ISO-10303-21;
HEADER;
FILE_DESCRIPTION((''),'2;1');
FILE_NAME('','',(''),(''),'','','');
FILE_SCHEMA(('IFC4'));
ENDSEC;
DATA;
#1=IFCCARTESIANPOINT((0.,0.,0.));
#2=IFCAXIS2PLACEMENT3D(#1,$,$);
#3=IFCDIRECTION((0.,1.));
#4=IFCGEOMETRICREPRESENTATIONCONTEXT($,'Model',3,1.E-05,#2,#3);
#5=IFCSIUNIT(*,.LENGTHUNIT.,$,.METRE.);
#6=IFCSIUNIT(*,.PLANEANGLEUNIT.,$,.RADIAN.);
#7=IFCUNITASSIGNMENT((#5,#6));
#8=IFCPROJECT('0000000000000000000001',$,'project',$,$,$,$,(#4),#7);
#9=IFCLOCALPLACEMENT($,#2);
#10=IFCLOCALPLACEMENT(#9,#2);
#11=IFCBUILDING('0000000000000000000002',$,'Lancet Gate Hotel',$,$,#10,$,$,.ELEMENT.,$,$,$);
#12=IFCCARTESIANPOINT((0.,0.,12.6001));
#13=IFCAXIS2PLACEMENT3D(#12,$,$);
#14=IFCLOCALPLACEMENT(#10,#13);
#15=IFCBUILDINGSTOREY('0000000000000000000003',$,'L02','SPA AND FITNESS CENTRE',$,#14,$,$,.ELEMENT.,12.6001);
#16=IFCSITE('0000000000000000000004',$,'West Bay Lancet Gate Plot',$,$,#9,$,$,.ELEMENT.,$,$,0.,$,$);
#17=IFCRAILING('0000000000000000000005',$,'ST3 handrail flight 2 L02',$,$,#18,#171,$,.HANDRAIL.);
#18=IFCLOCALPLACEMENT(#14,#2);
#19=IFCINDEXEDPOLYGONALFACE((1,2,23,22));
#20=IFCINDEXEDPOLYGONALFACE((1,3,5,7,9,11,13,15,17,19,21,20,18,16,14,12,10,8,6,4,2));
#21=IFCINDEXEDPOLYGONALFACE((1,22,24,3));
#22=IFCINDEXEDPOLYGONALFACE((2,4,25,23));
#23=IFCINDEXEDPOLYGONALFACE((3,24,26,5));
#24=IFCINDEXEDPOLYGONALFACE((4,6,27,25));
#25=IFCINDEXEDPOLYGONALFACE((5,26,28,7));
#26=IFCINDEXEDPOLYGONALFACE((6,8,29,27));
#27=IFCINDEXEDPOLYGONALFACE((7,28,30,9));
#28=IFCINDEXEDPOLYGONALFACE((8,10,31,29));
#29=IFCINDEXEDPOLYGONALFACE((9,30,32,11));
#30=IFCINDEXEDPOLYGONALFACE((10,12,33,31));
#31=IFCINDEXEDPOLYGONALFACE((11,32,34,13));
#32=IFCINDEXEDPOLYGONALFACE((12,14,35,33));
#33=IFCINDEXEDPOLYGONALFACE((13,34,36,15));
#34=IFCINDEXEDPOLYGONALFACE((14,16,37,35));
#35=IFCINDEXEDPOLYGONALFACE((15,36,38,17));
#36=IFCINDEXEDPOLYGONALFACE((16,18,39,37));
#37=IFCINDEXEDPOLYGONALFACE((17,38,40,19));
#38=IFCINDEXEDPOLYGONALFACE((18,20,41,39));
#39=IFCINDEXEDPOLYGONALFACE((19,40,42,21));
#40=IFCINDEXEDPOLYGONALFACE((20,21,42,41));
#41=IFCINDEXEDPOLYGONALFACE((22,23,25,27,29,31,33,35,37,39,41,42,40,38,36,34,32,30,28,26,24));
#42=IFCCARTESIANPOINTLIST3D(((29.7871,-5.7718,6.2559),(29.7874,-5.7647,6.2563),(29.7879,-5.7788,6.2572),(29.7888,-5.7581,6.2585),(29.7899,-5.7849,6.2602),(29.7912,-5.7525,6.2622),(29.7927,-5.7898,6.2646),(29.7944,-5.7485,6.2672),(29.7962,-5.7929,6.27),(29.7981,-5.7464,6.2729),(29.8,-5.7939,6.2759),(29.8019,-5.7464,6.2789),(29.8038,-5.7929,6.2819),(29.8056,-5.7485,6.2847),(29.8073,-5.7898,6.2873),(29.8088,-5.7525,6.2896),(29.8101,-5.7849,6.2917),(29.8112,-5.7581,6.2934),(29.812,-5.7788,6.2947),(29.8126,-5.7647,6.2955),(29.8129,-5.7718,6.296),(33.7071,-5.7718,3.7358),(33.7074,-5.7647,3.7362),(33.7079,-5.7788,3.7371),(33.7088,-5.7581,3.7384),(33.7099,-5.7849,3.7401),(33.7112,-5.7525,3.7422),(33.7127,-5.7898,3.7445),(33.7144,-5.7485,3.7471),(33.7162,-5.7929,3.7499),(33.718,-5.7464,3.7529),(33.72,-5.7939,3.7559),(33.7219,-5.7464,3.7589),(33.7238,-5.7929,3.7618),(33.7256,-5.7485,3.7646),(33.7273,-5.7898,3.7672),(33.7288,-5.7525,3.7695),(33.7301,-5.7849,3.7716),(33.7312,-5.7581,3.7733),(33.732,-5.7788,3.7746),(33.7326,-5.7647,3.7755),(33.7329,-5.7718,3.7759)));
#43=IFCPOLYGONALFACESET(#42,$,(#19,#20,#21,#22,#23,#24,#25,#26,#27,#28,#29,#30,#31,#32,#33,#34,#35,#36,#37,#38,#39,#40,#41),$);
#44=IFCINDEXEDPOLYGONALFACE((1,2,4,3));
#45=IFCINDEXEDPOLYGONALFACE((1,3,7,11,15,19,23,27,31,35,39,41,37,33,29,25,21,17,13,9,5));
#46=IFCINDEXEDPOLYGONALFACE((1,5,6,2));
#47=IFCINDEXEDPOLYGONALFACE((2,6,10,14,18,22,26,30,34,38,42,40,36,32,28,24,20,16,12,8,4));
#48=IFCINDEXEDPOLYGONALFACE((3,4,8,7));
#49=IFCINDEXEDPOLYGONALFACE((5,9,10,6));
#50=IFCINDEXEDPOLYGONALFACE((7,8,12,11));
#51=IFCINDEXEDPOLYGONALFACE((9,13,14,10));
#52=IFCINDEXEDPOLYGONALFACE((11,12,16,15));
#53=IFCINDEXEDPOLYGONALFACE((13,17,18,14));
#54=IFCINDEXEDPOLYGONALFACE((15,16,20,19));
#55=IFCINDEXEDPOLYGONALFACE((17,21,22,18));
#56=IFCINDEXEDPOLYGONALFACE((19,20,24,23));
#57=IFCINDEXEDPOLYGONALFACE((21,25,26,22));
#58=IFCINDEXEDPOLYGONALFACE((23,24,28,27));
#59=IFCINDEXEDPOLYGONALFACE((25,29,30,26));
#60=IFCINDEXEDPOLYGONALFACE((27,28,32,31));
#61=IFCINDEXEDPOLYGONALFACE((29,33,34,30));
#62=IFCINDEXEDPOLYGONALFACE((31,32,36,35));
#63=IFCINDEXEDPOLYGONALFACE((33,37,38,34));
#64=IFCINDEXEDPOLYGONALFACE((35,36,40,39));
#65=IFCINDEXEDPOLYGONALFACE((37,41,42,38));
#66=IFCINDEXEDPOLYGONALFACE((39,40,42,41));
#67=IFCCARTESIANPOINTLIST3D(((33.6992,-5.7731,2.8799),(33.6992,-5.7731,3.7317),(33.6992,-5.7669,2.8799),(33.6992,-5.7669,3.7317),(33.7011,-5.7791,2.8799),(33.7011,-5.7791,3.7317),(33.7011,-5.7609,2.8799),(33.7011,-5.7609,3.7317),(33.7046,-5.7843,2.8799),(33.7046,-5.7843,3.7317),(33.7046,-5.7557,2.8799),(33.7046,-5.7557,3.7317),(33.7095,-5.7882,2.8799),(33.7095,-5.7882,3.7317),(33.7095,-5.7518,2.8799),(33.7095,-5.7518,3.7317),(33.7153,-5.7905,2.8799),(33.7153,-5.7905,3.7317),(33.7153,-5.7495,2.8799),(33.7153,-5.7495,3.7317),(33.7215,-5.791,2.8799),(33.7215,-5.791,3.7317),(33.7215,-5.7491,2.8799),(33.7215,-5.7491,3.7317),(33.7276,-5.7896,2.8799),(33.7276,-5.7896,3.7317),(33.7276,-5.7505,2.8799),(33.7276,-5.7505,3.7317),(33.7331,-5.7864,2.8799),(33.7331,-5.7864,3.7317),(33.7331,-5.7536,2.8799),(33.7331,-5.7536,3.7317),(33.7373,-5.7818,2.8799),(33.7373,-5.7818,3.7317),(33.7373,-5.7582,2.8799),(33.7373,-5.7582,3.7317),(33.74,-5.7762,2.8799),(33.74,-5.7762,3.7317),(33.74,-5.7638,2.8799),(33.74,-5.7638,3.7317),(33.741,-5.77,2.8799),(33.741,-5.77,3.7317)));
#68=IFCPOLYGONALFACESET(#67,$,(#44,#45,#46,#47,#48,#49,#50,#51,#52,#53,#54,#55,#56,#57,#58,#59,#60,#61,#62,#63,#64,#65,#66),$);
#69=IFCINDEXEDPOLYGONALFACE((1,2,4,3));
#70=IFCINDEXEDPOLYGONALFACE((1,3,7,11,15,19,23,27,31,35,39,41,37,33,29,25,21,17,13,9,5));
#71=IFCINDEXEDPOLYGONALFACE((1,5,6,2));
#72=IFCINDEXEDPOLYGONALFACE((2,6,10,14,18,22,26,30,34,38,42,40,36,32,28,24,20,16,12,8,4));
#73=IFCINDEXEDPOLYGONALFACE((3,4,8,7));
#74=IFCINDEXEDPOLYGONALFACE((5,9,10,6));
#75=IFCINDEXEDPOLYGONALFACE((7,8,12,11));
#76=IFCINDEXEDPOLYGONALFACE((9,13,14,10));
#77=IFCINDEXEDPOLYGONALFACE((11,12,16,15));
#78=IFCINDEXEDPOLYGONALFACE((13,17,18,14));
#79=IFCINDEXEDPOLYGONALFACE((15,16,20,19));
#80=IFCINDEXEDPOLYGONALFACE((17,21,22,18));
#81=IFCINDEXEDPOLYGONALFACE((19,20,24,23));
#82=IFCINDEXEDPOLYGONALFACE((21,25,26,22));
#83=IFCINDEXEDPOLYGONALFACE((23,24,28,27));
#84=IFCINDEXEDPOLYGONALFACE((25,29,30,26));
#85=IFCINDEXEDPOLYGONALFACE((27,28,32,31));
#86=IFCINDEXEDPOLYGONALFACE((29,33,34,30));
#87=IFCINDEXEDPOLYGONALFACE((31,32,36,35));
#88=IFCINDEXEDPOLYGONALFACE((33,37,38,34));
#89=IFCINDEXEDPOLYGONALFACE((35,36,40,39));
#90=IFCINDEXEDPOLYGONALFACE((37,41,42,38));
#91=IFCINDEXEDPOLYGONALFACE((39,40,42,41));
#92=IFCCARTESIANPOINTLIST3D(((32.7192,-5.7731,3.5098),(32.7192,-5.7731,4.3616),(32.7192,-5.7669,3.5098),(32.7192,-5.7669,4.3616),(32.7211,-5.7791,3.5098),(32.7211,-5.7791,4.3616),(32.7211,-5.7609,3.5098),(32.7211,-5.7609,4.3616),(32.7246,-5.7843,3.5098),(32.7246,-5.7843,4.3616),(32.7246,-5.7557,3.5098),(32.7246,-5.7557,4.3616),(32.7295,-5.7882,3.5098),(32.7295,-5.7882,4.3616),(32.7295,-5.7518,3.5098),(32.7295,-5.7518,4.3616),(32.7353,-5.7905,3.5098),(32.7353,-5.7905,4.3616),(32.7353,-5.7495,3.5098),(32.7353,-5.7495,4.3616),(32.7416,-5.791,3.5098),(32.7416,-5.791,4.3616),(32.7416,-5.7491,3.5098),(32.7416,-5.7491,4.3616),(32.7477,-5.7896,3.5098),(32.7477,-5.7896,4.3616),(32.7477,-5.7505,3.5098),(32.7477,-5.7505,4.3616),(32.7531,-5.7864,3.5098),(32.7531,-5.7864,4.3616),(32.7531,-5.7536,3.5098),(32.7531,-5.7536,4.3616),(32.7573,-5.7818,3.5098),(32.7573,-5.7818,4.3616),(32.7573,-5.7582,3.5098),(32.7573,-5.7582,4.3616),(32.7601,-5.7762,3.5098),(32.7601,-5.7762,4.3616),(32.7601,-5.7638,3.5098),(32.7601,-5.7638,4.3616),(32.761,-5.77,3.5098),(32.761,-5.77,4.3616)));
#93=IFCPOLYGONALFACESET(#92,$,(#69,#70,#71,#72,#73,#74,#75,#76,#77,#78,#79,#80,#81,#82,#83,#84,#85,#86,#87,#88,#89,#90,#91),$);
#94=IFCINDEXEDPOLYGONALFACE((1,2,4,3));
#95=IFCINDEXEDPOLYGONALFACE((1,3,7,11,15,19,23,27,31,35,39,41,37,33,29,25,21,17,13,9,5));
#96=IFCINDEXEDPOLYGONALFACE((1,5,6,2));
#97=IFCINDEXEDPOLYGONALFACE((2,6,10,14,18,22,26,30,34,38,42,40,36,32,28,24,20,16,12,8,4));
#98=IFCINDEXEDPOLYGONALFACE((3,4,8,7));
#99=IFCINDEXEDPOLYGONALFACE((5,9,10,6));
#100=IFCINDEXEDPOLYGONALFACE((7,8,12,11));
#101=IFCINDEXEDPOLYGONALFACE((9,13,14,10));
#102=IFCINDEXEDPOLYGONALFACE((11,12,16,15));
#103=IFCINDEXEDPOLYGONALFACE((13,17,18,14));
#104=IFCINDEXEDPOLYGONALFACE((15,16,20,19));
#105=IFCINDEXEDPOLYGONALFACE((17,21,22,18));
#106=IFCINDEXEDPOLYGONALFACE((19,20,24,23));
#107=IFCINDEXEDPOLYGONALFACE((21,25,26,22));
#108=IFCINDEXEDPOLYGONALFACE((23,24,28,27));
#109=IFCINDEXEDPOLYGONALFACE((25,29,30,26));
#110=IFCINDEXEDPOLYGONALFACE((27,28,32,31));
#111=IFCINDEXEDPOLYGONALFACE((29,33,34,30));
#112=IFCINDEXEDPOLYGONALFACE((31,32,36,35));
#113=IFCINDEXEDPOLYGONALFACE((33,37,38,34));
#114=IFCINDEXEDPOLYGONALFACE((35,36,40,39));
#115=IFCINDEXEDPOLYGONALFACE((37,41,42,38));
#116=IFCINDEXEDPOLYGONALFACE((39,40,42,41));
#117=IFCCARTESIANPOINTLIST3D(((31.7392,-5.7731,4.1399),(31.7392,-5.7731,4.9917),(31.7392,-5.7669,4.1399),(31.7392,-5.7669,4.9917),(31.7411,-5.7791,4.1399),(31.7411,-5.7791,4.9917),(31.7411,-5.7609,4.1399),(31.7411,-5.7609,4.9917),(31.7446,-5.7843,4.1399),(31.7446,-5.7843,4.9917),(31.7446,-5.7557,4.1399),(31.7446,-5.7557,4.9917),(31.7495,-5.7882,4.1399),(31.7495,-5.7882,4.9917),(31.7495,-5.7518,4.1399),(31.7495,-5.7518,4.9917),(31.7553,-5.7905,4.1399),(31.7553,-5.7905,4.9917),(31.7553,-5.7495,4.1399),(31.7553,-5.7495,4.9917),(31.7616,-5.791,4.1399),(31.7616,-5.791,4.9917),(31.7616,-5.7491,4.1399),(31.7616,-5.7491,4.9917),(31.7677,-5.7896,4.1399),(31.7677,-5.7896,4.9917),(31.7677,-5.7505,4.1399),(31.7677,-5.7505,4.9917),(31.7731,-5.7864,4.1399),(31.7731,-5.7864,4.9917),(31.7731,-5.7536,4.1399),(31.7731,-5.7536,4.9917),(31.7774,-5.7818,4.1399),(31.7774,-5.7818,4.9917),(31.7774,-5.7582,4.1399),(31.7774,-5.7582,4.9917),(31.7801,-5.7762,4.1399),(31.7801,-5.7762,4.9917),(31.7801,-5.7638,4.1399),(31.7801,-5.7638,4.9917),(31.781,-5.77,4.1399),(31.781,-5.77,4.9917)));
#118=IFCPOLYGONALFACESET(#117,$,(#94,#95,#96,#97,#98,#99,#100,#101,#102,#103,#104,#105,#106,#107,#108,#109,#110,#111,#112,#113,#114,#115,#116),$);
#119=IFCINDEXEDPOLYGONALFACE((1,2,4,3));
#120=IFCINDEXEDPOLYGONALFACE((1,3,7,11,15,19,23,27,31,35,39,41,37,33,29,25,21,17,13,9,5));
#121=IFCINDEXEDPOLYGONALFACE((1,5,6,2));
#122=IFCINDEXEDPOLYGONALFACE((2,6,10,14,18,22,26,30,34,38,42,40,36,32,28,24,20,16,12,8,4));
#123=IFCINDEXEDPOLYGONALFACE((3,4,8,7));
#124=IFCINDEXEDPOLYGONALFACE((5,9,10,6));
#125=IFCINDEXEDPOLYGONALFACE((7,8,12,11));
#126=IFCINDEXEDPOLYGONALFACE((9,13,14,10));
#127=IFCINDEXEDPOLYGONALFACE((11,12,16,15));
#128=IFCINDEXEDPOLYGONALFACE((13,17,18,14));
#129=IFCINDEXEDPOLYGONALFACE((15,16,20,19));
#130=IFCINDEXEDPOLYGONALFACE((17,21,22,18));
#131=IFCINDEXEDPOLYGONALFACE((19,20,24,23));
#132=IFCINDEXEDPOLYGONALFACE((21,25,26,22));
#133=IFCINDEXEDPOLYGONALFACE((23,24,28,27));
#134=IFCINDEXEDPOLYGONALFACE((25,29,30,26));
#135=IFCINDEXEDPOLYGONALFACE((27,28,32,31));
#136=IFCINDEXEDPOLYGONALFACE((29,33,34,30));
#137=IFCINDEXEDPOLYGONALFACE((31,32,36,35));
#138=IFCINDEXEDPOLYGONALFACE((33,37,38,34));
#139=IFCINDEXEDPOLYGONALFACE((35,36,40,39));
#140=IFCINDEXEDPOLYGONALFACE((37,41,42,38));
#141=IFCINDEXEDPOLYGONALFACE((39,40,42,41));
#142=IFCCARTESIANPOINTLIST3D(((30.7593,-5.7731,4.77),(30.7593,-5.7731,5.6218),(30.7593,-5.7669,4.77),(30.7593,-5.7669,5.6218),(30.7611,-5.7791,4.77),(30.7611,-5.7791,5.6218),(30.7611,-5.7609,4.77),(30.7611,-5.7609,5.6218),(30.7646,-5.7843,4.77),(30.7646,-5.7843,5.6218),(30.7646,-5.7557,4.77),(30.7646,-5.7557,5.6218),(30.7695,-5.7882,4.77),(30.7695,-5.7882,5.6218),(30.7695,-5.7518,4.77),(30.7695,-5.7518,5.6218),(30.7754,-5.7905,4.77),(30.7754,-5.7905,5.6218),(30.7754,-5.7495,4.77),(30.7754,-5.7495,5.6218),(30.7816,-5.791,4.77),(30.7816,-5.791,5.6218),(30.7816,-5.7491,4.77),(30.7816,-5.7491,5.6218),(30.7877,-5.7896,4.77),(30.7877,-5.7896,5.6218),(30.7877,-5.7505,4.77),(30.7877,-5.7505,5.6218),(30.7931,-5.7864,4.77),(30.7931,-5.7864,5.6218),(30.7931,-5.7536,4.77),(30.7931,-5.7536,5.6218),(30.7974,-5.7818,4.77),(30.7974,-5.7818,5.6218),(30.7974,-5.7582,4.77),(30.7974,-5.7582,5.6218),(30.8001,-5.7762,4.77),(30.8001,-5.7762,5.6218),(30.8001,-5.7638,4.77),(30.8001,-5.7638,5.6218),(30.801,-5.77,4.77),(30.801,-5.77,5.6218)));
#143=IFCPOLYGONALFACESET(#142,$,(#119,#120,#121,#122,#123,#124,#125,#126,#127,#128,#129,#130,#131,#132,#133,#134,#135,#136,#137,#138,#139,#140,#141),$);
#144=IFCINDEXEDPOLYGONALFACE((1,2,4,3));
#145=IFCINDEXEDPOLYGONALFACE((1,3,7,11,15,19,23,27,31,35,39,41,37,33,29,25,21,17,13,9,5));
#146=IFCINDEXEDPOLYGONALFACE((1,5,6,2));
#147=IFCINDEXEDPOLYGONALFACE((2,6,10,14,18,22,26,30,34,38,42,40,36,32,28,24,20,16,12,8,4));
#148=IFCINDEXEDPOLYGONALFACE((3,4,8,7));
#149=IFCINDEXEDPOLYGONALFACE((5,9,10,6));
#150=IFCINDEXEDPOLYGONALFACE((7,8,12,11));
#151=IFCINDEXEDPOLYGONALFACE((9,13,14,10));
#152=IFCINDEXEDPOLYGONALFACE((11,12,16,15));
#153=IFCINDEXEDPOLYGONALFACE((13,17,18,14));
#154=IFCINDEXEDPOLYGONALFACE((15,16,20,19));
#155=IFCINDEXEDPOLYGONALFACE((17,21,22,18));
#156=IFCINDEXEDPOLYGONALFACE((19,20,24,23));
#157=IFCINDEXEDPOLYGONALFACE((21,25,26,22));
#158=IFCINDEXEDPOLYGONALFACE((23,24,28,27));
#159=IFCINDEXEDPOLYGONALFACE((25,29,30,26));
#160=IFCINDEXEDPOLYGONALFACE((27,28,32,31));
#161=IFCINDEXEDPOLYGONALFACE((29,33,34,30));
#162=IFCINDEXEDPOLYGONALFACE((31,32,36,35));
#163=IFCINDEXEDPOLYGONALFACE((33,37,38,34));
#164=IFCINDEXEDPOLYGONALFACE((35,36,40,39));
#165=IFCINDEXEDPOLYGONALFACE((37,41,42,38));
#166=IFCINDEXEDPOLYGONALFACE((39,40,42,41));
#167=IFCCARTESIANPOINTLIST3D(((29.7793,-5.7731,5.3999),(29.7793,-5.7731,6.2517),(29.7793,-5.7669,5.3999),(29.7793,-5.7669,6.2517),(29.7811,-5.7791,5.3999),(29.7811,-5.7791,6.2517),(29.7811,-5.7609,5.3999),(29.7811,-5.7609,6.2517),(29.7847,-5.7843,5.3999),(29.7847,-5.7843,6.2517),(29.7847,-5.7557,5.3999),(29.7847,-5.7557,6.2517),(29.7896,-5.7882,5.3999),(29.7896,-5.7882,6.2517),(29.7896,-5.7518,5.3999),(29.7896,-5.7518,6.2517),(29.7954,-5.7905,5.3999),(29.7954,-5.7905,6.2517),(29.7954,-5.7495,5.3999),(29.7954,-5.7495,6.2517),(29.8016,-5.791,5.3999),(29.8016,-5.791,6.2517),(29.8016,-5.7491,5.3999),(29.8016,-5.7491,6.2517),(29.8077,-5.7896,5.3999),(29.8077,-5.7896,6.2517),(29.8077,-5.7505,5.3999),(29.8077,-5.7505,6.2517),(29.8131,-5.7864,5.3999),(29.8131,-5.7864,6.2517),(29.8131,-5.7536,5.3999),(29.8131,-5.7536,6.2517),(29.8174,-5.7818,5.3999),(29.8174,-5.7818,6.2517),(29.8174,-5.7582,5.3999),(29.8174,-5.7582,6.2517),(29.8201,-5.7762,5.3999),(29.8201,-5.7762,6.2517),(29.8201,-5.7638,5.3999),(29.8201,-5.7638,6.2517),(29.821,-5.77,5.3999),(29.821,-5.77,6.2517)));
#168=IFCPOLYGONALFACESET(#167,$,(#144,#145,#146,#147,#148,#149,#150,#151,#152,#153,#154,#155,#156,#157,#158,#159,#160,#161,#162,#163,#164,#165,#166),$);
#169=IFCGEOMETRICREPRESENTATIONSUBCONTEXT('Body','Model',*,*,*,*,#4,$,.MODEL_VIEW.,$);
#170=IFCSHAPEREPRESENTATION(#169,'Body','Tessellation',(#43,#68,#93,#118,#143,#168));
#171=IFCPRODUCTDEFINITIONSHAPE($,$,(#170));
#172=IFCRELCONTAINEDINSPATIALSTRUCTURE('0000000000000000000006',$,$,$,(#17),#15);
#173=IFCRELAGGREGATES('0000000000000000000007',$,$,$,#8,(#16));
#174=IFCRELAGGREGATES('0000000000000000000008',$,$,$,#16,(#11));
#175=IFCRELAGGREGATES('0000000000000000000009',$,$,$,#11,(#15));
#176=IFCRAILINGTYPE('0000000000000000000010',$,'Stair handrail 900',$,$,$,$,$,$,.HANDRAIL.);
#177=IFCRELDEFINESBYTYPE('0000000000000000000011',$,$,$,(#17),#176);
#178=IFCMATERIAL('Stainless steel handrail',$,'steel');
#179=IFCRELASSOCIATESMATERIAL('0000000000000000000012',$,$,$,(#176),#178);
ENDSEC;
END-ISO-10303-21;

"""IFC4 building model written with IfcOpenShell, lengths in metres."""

from ifc_helpers import new_model, si_unit, direction, frame, origin, origin_2d, place, context, subcontext, project, spatial, circle, extrude, material, type_object, element, save


model = new_model("IFC4")

# Units and contexts
model_context = context("Model", 3, precision=1e-05, world=origin(), true_north=direction((0.0, 1.0)))
body_context = subcontext(model_context, "Body", "Model", "MODEL_VIEW")
ifc_project = project(units=[si_unit("LENGTHUNIT", "METRE"), si_unit("PLANEANGLEUNIT", "RADIAN")], contexts=[model_context])

# Site, building, storey
site_placement = place(None, origin())
site = spatial("IfcSite", under=ifc_project, at=site_placement, Name="West Bay Lancet Gate Plot", CompositionType="ELEMENT", RefElevation=0.0)
building_placement = place(site_placement, origin())
building = spatial("IfcBuilding", under=site, at=building_placement, Name="Lancet Gate Hotel", CompositionType="ELEMENT")
storey_placement = place(building_placement, frame((0.0, 0.0, 12.6001)))
storey = spatial("IfcBuildingStorey", under=building, at=storey_placement, Name="L02", Description="SPA AND FITNESS CENTRE", CompositionType="ELEMENT", Elevation=12.6001)

# Railing
ifc_material_1 = material(Name="Stainless steel handrail", Category="steel")
railing_type = type_object("IfcRailingType", Name="Stair handrail 900", PredefinedType="HANDRAIL", material=ifc_material_1)
railing_1_placement = place(storey_placement, frame((33.72, -5.77, 2.8799)))
element("IfcRailing", 1, at=railing_1_placement, inside=storey, type_object=railing_type, Name="ST3 handrail flight 2 L02", PredefinedType="HANDRAIL", context=body_context, shape_type="SweptSolid", body=[
    extrude(circle(Radius=0.0239, at=origin_2d()), frame((0.0, 0.0, 0.876), z_axis=(-0.841172, 0.0, 0.540768), x_axis=(0.0, -1.0, 0.0)), (0.0, 0.0, 1.0), 4.6602),
    extrude(circle(Radius=0.021, at=origin_2d()), origin(), (0.0, 0.0, 1.0), 0.8518),
    extrude(circle(Radius=0.021, at=origin_2d()), frame((-0.98, 0.0, 0.6299)), (0.0, 0.0, 1.0), 0.8518),
    extrude(circle(Radius=0.021, at=origin_2d()), frame((-1.96, 0.0, 1.26)), (0.0, 0.0, 1.0), 0.8518),
    extrude(circle(Radius=0.021, at=origin_2d()), frame((-2.9399, 0.0, 1.8901)), (0.0, 0.0, 1.0), 0.8518),
    extrude(circle(Radius=0.021, at=origin_2d()), frame((-3.9199, 0.0, 2.52)), (0.0, 0.0, 1.0), 0.8518),
])

save(model, "model.ifc")
